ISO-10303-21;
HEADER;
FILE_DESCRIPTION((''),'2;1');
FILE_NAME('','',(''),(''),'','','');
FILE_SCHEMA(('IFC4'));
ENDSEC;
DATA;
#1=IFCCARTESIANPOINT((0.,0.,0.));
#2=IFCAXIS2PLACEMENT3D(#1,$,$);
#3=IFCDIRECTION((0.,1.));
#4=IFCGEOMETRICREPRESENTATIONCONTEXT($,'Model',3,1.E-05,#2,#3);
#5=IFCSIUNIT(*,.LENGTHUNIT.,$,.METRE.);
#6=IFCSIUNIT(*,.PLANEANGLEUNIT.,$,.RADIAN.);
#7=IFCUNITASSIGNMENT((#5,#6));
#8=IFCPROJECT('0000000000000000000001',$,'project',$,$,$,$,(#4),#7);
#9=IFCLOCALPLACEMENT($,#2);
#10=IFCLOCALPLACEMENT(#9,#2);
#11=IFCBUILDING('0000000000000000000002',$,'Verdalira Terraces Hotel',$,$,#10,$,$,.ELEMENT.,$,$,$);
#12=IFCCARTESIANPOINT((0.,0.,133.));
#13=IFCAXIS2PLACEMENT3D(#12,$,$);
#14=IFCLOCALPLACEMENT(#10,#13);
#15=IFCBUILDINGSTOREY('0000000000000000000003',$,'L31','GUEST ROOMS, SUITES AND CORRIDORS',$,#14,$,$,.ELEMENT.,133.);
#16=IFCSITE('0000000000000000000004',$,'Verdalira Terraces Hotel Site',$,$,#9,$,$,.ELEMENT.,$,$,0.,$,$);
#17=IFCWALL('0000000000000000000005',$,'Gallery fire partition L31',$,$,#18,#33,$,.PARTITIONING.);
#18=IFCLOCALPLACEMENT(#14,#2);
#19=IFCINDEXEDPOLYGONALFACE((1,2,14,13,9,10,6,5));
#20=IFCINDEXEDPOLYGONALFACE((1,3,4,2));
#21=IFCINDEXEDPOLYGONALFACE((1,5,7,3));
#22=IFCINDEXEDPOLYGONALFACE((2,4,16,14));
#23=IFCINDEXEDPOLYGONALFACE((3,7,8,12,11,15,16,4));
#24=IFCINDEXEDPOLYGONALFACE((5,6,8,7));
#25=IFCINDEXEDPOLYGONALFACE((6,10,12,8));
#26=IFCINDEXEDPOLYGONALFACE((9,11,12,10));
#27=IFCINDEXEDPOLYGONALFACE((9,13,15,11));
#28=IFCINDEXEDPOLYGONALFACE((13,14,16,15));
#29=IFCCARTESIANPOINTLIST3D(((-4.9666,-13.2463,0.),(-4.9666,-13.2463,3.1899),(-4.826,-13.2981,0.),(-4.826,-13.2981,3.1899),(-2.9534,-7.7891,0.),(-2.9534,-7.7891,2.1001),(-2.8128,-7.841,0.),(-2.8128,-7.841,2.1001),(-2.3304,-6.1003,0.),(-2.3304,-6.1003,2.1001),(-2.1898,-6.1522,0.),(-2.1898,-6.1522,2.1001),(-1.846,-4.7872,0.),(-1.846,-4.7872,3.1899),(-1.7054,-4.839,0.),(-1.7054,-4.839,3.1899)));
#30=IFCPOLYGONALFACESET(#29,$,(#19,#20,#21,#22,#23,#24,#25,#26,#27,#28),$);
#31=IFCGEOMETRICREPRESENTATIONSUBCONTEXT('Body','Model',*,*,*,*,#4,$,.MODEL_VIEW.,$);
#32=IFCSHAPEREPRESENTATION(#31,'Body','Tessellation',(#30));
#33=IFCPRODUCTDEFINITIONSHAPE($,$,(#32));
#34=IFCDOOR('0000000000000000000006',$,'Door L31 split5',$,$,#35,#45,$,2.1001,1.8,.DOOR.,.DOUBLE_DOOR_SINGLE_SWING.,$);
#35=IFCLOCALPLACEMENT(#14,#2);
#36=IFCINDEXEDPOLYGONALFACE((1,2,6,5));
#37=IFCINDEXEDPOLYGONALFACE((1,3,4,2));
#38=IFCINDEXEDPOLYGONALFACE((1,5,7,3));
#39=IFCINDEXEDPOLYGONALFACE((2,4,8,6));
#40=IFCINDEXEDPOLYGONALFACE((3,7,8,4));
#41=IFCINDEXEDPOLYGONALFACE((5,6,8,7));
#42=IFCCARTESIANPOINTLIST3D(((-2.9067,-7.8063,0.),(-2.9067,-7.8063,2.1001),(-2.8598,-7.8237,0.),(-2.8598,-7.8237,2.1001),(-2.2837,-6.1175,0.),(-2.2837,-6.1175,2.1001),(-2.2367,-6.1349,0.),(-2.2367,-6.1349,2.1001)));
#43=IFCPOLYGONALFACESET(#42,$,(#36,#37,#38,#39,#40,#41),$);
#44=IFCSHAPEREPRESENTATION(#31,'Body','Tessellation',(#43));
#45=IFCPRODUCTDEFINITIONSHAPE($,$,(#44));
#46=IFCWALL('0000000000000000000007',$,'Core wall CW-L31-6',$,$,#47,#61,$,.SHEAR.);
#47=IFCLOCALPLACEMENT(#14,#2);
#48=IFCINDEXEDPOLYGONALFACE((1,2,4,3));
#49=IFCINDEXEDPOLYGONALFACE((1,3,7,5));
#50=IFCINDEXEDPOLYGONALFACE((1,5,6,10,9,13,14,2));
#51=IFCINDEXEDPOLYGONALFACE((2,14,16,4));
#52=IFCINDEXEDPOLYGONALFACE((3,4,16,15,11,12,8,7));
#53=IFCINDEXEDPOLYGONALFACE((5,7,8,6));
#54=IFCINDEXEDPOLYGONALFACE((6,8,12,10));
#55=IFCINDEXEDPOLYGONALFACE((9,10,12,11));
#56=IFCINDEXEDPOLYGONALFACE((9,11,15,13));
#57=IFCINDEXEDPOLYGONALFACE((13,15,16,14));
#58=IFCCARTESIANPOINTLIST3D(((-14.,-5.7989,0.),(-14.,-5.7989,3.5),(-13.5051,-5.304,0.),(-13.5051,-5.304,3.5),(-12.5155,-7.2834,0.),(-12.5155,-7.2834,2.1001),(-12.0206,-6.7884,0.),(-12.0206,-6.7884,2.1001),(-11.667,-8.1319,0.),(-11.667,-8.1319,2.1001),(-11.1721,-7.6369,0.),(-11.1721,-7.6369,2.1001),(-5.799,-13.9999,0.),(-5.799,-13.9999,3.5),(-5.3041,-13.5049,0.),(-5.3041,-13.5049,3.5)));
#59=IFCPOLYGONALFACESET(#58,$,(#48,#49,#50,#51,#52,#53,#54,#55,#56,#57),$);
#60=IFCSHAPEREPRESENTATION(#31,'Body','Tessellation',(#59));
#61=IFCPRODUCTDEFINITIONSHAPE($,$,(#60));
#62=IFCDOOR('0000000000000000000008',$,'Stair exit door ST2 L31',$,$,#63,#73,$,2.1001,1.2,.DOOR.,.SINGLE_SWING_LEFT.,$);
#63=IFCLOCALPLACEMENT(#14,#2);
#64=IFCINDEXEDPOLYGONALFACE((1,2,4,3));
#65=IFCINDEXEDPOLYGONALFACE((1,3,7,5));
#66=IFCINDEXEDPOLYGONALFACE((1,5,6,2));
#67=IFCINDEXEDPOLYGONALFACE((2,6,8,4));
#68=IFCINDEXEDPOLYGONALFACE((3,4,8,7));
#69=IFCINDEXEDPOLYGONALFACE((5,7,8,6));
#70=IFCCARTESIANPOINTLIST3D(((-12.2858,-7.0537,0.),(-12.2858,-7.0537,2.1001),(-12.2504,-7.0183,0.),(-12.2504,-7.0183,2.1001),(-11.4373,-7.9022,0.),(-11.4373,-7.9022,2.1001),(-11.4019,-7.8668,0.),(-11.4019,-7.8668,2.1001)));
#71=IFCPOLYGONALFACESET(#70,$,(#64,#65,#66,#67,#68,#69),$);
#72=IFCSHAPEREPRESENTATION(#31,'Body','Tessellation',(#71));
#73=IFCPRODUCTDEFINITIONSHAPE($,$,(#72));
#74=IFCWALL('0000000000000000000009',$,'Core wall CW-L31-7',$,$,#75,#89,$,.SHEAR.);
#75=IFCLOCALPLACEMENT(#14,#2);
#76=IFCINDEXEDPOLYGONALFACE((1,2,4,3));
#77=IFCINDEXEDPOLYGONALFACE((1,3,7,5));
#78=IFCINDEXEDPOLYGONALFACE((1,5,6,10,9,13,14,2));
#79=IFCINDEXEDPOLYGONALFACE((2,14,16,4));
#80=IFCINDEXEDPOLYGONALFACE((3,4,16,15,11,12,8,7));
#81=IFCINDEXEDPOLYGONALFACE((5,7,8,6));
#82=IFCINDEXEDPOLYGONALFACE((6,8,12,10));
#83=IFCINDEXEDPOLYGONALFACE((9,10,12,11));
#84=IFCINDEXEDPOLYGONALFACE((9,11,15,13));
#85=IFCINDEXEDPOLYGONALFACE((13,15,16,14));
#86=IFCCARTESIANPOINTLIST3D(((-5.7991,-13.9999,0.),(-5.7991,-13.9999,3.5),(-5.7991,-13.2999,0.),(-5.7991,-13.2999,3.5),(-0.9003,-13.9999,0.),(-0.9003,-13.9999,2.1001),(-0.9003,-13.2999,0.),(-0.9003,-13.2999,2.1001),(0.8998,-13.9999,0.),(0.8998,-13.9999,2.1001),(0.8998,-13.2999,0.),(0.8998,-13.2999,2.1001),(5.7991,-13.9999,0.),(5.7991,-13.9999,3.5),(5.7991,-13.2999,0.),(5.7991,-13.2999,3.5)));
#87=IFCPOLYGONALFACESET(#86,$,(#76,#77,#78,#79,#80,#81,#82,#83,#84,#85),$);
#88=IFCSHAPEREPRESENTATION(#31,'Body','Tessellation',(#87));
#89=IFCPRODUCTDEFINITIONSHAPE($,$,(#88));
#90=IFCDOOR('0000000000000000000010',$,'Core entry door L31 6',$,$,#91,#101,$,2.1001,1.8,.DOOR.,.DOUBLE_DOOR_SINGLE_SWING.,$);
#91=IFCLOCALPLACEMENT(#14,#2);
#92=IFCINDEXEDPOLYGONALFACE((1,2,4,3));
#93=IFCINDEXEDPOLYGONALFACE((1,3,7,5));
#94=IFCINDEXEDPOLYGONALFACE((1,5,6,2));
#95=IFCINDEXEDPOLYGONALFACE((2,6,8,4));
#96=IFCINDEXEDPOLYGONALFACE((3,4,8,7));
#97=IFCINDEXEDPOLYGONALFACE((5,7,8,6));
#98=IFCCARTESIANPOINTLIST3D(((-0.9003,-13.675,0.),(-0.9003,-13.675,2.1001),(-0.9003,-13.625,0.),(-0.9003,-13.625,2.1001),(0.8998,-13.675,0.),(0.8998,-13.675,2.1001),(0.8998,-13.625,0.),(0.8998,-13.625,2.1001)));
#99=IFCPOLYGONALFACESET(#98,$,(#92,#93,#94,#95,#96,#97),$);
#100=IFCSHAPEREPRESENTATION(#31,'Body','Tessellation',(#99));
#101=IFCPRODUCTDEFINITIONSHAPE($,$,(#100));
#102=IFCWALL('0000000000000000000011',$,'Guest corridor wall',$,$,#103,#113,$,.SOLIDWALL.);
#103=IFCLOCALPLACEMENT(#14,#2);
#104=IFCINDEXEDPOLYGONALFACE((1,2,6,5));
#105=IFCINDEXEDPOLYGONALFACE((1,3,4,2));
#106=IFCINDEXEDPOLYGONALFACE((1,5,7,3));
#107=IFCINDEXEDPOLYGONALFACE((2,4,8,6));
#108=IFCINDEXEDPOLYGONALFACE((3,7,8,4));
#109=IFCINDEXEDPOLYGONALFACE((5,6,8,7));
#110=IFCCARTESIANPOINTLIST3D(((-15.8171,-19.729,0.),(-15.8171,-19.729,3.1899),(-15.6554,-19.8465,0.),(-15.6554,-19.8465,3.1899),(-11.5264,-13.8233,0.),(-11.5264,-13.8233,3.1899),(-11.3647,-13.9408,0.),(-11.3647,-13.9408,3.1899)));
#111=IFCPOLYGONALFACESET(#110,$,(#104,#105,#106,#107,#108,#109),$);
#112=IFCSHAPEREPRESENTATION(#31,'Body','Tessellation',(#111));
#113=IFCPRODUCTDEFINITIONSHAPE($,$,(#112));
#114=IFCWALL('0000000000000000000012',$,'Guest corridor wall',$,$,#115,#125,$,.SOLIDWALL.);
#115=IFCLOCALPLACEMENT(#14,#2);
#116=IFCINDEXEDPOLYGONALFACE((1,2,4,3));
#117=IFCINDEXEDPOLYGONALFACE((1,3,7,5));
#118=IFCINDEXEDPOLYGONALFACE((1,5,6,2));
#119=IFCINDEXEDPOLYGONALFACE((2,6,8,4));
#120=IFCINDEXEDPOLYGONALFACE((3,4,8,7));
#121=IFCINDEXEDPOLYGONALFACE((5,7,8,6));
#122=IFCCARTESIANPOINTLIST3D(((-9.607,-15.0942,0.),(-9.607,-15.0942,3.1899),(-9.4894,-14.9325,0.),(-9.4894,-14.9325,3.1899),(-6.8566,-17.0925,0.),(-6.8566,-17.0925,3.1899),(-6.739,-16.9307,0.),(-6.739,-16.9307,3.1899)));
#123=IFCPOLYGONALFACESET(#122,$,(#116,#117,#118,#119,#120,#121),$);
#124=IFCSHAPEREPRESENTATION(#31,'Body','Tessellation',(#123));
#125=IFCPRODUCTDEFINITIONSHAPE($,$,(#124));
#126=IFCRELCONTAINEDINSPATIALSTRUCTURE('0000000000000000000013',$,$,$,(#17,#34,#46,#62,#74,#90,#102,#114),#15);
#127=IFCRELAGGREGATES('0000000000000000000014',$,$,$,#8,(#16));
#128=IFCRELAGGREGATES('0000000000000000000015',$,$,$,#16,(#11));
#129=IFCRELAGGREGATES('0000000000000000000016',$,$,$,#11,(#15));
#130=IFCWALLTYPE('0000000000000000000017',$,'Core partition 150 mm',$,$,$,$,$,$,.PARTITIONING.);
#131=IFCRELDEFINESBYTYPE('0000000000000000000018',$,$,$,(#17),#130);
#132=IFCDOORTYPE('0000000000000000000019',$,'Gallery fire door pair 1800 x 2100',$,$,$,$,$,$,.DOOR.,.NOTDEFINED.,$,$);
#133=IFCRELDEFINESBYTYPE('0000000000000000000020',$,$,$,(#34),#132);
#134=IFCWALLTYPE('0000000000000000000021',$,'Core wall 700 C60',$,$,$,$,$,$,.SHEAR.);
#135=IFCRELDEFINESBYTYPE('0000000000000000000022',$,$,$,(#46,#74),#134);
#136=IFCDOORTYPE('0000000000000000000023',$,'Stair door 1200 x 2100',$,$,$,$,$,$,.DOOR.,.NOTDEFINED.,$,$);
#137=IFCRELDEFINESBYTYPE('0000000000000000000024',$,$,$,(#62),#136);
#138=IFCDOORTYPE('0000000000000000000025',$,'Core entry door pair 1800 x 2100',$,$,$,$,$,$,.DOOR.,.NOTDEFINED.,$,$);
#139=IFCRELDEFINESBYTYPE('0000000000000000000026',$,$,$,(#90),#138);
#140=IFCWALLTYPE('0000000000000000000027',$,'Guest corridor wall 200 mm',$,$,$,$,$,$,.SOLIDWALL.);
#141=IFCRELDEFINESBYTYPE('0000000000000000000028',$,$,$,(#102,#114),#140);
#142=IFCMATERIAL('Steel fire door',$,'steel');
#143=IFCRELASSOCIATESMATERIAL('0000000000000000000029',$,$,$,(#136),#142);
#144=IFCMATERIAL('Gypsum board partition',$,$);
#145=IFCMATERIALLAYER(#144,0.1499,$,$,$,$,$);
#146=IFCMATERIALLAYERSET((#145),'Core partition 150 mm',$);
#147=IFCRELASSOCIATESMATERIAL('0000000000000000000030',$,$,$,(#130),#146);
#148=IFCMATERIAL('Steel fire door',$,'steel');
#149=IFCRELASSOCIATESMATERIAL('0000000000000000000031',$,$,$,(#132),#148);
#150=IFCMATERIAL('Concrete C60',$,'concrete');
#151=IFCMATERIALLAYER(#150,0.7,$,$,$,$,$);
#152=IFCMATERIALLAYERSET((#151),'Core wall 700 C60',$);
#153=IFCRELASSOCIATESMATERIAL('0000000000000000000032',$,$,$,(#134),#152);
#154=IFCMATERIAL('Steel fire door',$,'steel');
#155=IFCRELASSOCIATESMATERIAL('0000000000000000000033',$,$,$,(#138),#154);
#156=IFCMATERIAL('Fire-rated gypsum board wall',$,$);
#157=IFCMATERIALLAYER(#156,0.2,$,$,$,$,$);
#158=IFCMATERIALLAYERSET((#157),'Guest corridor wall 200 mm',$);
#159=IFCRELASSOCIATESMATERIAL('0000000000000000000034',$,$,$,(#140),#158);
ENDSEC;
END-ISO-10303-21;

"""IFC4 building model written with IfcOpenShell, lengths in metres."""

from ifc_helpers import new_model, si_unit, direction, frame, frame_2d, origin, place, context, subcontext, project, spatial, rectangle, extrude, material, layer, layer_set, type_object, element, fill, save


model = new_model("IFC4")

# Units and contexts
model_context = context("Model", 3, precision=1e-05, world=origin(), true_north=direction((0.0, 1.0)))
body_context = subcontext(model_context, "Body", "Model", "MODEL_VIEW")
ifc_project = project(units=[si_unit("LENGTHUNIT", "METRE"), si_unit("PLANEANGLEUNIT", "RADIAN")], contexts=[model_context])

# Site, building, storey
site_placement = place(None, origin())
site = spatial("IfcSite", under=ifc_project, at=site_placement, Name="Verdalira Terraces Hotel Site", CompositionType="ELEMENT", RefElevation=0.0)
building_placement = place(site_placement, origin())
building = spatial("IfcBuilding", under=site, at=building_placement, Name="Verdalira Terraces Hotel", CompositionType="ELEMENT")
storey_placement = place(building_placement, frame((0.0, 0.0, 133.0)))
storey = spatial("IfcBuildingStorey", under=building, at=storey_placement, Name="L31", Description="GUEST ROOMS, SUITES AND CORRIDORS", CompositionType="ELEMENT", Elevation=133.0)

# Shared definitions
ifc_material_1 = material(Name="Steel fire door", Category="steel")
door_type_1 = type_object("IfcDoorType", Name="Stair door 1200 x 2100", OperationType="NOTDEFINED", PredefinedType="DOOR", material=ifc_material_1)

# Walls, openings, doors
ifc_material_2 = material(Name="Gypsum board partition")
ifc_layer_1 = layer(ifc_material_2, 0.1499)
ifc_layer_set_1 = layer_set([ifc_layer_1], Name="Core partition 150 mm")
wall_type_1 = type_object("IfcWallType", Name="Core partition 150 mm", PredefinedType="PARTITIONING", material=ifc_layer_set_1)
wall_1_placement = place(storey_placement, frame((-1.7756, -4.813, 0.0), z_axis=(0.0, 0.0, 1.0), x_axis=(-0.346109, -0.938194, 0.0)))
wall_1 = element("IfcWall", 1, at=wall_1_placement, inside=storey, type_object=wall_type_1, Name="Gallery fire partition L31", PredefinedType="PARTITIONING", context=body_context, shape_type="SweptSolid", body=[
    extrude(rectangle(XDim=9.0164, YDim=0.1499, at=frame_2d((4.5083, 0.0))), origin(), (0.0, 0.0, 1.0), 3.1899),
])
opening_1_placement = place(wall_1_placement, frame((1.3999, 0.0, 0.0)))
opening_1 = element("IfcOpeningElement", 2, at=opening_1_placement, cuts=wall_1, PredefinedType="OPENING", context=body_context, shape_type="SweptSolid", body=[
    extrude(rectangle(XDim=1.8, YDim=2.1001, at=frame_2d((0.8999, 1.05))), frame((0.0, 0.085, 0.0), z_axis=(0.0, -1.0, 0.0), x_axis=(1.0, 0.0, 0.0)), (0.0, 0.0, 1.0), 0.1699),
])
ifc_material_3 = material(Name="Steel fire door", Category="steel")
door_type_2 = type_object("IfcDoorType", Name="Gallery fire door pair 1800 x 2100", OperationType="NOTDEFINED", PredefinedType="DOOR", material=ifc_material_3)
door_1_placement = place(opening_1_placement, origin())
door_1 = element("IfcDoor", 3, at=door_1_placement, inside=storey, type_object=door_type_2, Name="Door L31 split5", OperationType="DOUBLE_DOOR_SINGLE_SWING", OverallHeight=2.1001, OverallWidth=1.8, PredefinedType="DOOR", context=body_context, shape_type="SweptSolid", body=[
    extrude(rectangle(XDim=1.8, YDim=2.1001, at=frame_2d((0.8999, 1.05))), frame((0.0, 0.0249, 0.0), z_axis=(0.0, -1.0, 0.0), x_axis=(1.0, 0.0, 0.0)), (0.0, 0.0, 1.0), 0.05),
])
fill(opening_1, door_1)
ifc_material_4 = material(Name="Concrete C60", Category="concrete")
ifc_layer_2 = layer(ifc_material_4, 0.7)
ifc_layer_set_2 = layer_set([ifc_layer_2], Name="Core wall 700 C60")
wall_type_2 = type_object("IfcWallType", Name="Core wall 700 C60", PredefinedType="SHEAR", material=ifc_layer_set_2)
wall_2_placement = place(storey_placement, frame((-13.7524, -5.5515, 0.0), z_axis=(0.0, 0.0, 1.0), x_axis=(0.707107, -0.707107, 0.0)))
wall_2 = element("IfcWall", 4, at=wall_2_placement, inside=storey, type_object=wall_type_2, Name="Core wall CW-L31-6", PredefinedType="SHEAR", context=body_context, shape_type="SweptSolid", body=[
    extrude(rectangle(XDim=11.5979, YDim=0.7, at=frame_2d((5.7988, 0.0))), origin(), (0.0, 0.0, 1.0), 3.5),
])
opening_2_placement = place(wall_2_placement, frame((2.0991, 0.0, 0.0)))
opening_2 = element("IfcOpeningElement", 5, at=opening_2_placement, cuts=wall_2, PredefinedType="OPENING", context=body_context, shape_type="SweptSolid", body=[
    extrude(rectangle(XDim=1.2, YDim=2.1001, at=frame_2d((0.6001, 1.05))), frame((0.0, 0.3599, 0.0), z_axis=(0.0, -1.0, 0.0), x_axis=(1.0, 0.0, 0.0)), (0.0, 0.0, 1.0), 0.72),
])
door_2_placement = place(opening_2_placement, origin())
door_2 = element("IfcDoor", 6, at=door_2_placement, inside=storey, type_object=door_type_1, Name="Stair exit door ST2 L31", OperationType="SINGLE_SWING_LEFT", OverallHeight=2.1001, OverallWidth=1.2, PredefinedType="DOOR", context=body_context, shape_type="SweptSolid", body=[
    extrude(rectangle(XDim=1.2, YDim=2.1001, at=frame_2d((0.6001, 1.05))), frame((0.0, 0.0249, 0.0), z_axis=(0.0, -1.0, 0.0), x_axis=(1.0, 0.0, 0.0)), (0.0, 0.0, 1.0), 0.05),
])
fill(opening_2, door_2)
wall_3_placement = place(storey_placement, frame((-5.7991, -13.6499, 0.0), z_axis=(0.0, 0.0, 1.0), x_axis=(1.0, 0.0, 0.0)))
wall_3 = element("IfcWall", 7, at=wall_3_placement, inside=storey, type_object=wall_type_2, Name="Core wall CW-L31-7", PredefinedType="SHEAR", context=body_context, shape_type="SweptSolid", body=[
    extrude(rectangle(XDim=11.5981, YDim=0.7, at=frame_2d((5.7991, 0.0))), origin(), (0.0, 0.0, 1.0), 3.5),
])
opening_3_placement = place(wall_3_placement, frame((4.8989, 0.0, 0.0)))
opening_3 = element("IfcOpeningElement", 8, at=opening_3_placement, cuts=wall_3, PredefinedType="OPENING", context=body_context, shape_type="SweptSolid", body=[
    extrude(rectangle(XDim=1.8, YDim=2.1001, at=frame_2d((0.8999, 1.05))), frame((0.0, 0.3599, 0.0), z_axis=(0.0, -1.0, 0.0), x_axis=(1.0, 0.0, 0.0)), (0.0, 0.0, 1.0), 0.72),
])
ifc_material_5 = material(Name="Steel fire door", Category="steel")
door_type_3 = type_object("IfcDoorType", Name="Core entry door pair 1800 x 2100", OperationType="NOTDEFINED", PredefinedType="DOOR", material=ifc_material_5)
door_3_placement = place(opening_3_placement, origin())
door_3 = element("IfcDoor", 9, at=door_3_placement, inside=storey, type_object=door_type_3, Name="Core entry door L31 6", OperationType="DOUBLE_DOOR_SINGLE_SWING", OverallHeight=2.1001, OverallWidth=1.8, PredefinedType="DOOR", context=body_context, shape_type="SweptSolid", body=[
    extrude(rectangle(XDim=1.8, YDim=2.1001, at=frame_2d((0.8999, 1.05))), frame((0.0, 0.0249, 0.0), z_axis=(0.0, -1.0, 0.0), x_axis=(1.0, 0.0, 0.0)), (0.0, 0.0, 1.0), 0.05),
])
fill(opening_3, door_3)

# Walls
ifc_material_6 = material(Name="Fire-rated gypsum board wall")
ifc_layer_3 = layer(ifc_material_6, 0.2)
ifc_layer_set_3 = layer_set([ifc_layer_3], Name="Guest corridor wall 200 mm")
wall_type_3 = type_object("IfcWallType", Name="Guest corridor wall 200 mm", PredefinedType="SOLIDWALL", material=ifc_layer_set_3)
wall_4_placement = place(storey_placement, frame((-11.4456, -13.8821, 0.0), z_axis=(0.0, 0.0, 1.0), x_axis=(-0.587784, -0.809018, 0.0)))
element("IfcWall", 10, at=wall_4_placement, inside=storey, type_object=wall_type_3, Name="Guest corridor wall", PredefinedType="SOLIDWALL", context=body_context, shape_type="SweptSolid", body=[
    extrude(rectangle(XDim=7.2998, YDim=0.2, at=frame_2d((3.6499, 0.0))), origin(), (0.0, 0.0, 1.0), 3.1899),
])
wall_5_placement = place(storey_placement, frame((-9.5481, -15.0134, 0.0), z_axis=(0.0, 0.0, 1.0), x_axis=(0.809025, -0.587775, 0.0)))
element("IfcWall", 11, at=wall_5_placement, inside=storey, type_object=wall_type_3, Name="Guest corridor wall", PredefinedType="SOLIDWALL", context=body_context, shape_type="SweptSolid", body=[
    extrude(rectangle(XDim=3.3997, YDim=0.2, at=frame_2d((1.6997, 0.0))), origin(), (0.0, 0.0, 1.0), 3.1899),
])

save(model, "model.ifc")
